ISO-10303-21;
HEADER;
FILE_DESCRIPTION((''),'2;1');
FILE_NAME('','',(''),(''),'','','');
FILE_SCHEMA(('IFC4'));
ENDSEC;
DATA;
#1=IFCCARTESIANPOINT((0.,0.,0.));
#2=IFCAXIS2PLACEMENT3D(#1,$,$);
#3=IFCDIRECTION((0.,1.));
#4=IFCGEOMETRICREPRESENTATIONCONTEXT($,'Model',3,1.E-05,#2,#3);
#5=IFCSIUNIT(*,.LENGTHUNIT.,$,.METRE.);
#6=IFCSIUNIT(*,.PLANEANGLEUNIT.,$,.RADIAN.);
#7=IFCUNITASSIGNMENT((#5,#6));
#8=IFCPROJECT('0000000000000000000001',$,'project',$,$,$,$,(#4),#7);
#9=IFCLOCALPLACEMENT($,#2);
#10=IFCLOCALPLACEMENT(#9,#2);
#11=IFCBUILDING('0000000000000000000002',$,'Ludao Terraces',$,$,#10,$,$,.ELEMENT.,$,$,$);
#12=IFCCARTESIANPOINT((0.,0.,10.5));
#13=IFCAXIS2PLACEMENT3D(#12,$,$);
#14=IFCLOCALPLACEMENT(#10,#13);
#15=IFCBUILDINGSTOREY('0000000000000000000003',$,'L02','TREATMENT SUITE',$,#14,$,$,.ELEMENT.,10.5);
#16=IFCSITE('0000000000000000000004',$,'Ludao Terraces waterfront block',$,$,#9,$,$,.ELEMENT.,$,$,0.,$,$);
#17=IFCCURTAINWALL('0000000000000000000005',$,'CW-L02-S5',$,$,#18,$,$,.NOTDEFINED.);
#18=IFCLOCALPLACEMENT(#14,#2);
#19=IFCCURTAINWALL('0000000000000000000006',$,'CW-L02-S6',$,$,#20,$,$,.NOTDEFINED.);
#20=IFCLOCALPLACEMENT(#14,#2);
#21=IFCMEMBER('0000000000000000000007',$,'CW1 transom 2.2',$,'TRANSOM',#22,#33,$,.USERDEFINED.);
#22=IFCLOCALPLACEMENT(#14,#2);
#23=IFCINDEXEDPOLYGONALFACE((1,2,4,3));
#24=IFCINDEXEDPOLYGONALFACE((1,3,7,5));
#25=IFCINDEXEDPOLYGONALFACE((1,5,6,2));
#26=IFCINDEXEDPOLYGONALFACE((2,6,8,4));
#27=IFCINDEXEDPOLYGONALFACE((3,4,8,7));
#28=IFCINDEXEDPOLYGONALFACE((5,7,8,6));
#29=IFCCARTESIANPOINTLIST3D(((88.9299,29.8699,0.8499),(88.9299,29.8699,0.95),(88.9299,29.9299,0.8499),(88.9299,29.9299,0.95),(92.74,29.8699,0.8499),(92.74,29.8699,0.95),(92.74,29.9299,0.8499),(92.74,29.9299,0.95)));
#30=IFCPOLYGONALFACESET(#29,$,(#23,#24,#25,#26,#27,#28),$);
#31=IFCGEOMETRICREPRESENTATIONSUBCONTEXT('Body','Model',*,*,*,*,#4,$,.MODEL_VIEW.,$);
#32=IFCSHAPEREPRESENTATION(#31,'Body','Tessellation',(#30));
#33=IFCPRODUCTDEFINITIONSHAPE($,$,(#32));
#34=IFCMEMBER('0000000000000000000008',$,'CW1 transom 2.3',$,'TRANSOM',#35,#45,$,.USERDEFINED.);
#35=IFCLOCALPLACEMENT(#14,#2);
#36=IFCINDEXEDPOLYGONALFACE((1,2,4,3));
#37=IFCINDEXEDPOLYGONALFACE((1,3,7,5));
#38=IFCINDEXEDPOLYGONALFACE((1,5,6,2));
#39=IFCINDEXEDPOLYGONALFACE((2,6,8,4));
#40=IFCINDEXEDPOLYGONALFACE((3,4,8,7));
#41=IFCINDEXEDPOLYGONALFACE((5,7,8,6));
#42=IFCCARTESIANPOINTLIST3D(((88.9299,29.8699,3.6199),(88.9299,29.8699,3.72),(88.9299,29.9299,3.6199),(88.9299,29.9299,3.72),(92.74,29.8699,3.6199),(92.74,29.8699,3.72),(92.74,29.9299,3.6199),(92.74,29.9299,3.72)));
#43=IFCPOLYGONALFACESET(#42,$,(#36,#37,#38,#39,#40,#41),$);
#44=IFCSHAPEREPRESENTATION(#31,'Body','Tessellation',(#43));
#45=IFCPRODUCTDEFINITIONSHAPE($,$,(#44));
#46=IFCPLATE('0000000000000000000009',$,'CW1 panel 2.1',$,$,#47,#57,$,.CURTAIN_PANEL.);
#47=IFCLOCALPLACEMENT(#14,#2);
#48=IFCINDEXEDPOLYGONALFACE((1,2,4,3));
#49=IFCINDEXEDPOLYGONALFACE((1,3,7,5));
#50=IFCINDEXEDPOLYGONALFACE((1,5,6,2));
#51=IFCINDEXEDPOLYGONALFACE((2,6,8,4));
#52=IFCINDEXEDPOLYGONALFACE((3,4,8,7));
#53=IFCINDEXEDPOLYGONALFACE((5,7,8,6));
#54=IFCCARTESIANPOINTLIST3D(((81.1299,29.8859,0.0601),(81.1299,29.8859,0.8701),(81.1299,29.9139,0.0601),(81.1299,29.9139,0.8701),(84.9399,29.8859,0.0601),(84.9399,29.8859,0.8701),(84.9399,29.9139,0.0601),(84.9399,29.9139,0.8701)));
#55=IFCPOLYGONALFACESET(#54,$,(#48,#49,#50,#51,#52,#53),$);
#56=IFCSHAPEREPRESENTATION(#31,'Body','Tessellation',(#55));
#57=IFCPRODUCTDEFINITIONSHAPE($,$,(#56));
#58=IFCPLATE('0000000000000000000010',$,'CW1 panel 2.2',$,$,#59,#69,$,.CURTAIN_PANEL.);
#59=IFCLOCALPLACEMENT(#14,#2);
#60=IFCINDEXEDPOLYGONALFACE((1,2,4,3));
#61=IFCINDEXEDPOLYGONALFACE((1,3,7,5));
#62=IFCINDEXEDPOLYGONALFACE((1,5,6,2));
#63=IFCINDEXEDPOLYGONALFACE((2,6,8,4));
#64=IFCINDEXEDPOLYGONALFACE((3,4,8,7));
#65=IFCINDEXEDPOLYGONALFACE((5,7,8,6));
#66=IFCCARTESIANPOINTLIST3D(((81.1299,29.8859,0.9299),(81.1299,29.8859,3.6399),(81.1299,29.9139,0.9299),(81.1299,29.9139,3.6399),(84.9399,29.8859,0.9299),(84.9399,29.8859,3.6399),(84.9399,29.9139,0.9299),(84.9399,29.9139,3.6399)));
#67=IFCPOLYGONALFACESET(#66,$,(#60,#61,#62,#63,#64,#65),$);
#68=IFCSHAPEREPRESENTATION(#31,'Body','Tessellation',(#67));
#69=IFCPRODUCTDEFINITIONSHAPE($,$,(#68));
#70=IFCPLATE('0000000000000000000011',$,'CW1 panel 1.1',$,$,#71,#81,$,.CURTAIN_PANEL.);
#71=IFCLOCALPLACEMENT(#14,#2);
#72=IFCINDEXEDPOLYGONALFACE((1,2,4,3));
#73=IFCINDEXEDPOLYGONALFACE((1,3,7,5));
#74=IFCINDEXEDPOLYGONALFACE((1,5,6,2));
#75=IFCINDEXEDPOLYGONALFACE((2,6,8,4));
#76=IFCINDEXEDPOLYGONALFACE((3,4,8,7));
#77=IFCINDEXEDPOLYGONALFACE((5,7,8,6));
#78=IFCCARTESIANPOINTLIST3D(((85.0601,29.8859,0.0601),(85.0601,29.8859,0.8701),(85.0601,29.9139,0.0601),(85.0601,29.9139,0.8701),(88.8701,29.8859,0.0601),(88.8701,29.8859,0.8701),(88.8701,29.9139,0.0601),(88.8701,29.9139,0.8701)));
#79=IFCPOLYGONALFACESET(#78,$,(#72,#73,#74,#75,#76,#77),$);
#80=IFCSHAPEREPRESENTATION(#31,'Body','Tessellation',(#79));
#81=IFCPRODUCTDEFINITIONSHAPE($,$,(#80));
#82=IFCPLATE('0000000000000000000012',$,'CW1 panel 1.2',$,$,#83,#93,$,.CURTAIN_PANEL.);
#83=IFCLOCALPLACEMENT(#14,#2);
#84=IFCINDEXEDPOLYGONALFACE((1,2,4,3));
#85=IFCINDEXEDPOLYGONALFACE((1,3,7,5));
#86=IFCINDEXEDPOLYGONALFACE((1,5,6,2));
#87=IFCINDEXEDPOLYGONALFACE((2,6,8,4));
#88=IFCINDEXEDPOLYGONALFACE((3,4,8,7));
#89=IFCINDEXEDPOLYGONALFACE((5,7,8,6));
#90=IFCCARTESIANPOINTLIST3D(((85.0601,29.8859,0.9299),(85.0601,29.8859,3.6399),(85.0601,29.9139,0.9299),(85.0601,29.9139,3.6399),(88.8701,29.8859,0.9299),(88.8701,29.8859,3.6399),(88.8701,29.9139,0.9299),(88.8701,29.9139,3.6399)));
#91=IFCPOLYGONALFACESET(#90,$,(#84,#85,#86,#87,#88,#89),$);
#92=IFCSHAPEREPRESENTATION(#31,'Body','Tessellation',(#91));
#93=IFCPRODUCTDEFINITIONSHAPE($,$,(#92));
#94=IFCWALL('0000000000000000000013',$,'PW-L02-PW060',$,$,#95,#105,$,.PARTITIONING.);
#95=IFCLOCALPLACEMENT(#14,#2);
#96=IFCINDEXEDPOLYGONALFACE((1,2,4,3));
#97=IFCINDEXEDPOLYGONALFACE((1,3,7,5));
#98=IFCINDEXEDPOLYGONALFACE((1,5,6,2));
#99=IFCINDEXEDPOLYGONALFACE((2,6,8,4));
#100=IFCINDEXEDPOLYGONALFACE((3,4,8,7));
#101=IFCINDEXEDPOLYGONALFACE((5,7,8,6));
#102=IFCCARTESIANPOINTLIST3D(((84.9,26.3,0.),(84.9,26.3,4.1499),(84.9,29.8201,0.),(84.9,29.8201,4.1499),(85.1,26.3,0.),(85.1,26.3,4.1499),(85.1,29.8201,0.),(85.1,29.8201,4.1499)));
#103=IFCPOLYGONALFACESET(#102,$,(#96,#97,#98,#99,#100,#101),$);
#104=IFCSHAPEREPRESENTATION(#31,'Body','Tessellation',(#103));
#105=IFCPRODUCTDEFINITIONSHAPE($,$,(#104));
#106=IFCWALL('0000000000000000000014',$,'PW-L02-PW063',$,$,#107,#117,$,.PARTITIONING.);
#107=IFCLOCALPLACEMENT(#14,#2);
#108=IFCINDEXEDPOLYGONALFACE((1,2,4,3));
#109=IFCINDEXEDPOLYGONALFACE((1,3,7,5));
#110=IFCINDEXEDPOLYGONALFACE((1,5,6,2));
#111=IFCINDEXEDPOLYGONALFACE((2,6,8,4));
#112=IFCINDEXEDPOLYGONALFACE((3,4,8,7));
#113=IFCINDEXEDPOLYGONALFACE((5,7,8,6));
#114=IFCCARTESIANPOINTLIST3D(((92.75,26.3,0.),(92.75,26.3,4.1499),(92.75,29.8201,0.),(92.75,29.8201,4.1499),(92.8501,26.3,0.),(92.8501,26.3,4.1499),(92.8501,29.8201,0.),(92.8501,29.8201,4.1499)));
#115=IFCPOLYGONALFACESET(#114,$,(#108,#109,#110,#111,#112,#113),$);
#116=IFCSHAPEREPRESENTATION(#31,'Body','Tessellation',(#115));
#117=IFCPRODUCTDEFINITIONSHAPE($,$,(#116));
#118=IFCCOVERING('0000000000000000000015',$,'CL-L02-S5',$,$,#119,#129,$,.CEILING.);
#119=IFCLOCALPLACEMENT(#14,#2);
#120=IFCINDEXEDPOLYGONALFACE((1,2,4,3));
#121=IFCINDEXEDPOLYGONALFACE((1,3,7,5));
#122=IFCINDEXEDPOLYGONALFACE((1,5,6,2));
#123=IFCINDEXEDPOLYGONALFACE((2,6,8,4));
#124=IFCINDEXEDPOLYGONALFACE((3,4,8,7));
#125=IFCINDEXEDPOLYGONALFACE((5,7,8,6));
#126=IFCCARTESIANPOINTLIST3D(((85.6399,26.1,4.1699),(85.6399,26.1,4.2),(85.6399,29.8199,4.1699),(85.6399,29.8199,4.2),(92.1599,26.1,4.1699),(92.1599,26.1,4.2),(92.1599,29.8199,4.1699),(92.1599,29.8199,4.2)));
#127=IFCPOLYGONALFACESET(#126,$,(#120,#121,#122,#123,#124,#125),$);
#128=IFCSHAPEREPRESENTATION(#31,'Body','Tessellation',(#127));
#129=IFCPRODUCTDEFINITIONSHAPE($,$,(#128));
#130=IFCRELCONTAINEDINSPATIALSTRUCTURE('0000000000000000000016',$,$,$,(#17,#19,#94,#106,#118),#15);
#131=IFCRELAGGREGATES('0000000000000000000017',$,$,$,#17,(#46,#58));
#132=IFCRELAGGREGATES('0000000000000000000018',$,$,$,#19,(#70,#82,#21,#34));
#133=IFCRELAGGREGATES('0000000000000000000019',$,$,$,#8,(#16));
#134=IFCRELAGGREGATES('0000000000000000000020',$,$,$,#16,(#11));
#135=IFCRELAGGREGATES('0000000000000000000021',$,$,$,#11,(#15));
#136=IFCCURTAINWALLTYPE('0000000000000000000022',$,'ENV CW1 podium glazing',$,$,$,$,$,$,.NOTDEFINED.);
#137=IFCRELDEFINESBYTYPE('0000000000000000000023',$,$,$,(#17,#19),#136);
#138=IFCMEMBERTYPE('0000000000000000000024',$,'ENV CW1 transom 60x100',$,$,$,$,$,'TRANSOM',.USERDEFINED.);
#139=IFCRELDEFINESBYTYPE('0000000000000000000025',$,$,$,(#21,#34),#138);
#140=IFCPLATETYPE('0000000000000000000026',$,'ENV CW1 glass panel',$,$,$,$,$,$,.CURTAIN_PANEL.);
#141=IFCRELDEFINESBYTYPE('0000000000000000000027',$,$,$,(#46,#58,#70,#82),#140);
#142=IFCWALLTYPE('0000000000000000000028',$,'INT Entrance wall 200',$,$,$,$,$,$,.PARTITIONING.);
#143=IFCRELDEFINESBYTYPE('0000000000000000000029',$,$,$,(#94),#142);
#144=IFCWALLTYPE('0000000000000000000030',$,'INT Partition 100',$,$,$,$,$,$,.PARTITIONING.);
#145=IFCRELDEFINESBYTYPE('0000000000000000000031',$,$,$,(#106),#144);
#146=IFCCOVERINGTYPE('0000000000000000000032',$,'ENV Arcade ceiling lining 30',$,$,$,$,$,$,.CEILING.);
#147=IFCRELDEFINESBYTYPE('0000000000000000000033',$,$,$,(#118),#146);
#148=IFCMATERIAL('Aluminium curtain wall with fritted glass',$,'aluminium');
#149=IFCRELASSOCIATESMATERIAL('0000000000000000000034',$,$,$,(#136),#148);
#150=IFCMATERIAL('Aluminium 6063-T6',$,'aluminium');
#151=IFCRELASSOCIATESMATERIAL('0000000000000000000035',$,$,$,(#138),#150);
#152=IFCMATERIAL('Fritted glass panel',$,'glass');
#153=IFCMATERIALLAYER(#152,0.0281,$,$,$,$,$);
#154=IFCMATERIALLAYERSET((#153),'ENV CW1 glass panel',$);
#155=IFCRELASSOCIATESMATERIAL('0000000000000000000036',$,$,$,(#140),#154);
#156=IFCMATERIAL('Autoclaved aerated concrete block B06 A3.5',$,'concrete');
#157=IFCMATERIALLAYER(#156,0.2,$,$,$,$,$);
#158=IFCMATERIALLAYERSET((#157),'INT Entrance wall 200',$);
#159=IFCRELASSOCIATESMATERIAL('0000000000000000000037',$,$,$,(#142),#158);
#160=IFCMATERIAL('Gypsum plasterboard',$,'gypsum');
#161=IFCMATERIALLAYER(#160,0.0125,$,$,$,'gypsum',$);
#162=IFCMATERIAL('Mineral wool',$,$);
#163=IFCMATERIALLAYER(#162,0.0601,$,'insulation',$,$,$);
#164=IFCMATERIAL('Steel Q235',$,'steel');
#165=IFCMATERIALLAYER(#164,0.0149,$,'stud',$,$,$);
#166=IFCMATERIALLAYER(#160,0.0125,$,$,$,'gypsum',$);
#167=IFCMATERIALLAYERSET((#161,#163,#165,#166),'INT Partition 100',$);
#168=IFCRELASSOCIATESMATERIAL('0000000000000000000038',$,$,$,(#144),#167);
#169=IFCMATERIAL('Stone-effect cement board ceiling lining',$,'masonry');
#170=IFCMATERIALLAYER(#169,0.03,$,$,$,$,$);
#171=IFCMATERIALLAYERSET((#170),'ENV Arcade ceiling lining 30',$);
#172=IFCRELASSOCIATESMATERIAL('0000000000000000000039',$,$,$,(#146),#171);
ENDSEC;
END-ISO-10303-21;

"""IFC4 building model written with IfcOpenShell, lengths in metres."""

from ifc_helpers import new_model, si_unit, direction, frame, frame_2d, origin, origin_2d, place, context, subcontext, project, spatial, rectangle, extrude, material, layer, layer_set, material_profile, profile_set, type_object, element, aggregate, save


model = new_model("IFC4")

# Units and contexts
model_context = context("Model", 3, precision=1e-05, world=origin(), true_north=direction((0.0, 1.0)))
body_context = subcontext(model_context, "Body", "Model", "MODEL_VIEW")
ifc_project = project(units=[si_unit("LENGTHUNIT", "METRE"), si_unit("PLANEANGLEUNIT", "RADIAN")], contexts=[model_context])

# Site, building, storey
site_placement = place(None, origin())
site = spatial("IfcSite", under=ifc_project, at=site_placement, Name="Ludao Terraces waterfront block", CompositionType="ELEMENT", RefElevation=0.0)
building_placement = place(site_placement, origin())
building = spatial("IfcBuilding", under=site, at=building_placement, Name="Ludao Terraces", CompositionType="ELEMENT")
storey_placement = place(building_placement, frame((0.0, 0.0, 10.5)))
storey = spatial("IfcBuildingStorey", under=building, at=storey_placement, Name="L02", Description="TREATMENT SUITE", CompositionType="ELEMENT", Elevation=10.5)

# Curtain wall
ifc_material_1 = material(Name="Aluminium curtain wall with fritted glass", Category="aluminium")
curtain_wall_type = type_object("IfcCurtainWallType", Name="ENV CW1 podium glazing", PredefinedType="NOTDEFINED", material=ifc_material_1)
curtain_wall_1_placement = place(storey_placement, origin())
curtain_wall_1 = element("IfcCurtainWall", 1, at=curtain_wall_1_placement, inside=storey, type_object=curtain_wall_type, Name="CW-L02-S5", PredefinedType="NOTDEFINED")
ifc_material_2 = material(Name="Aluminium 6063-T6", Category="aluminium")

# Curtain wall, members
curtain_wall_2_placement = place(storey_placement, origin())
curtain_wall_2 = element("IfcCurtainWall", 2, at=curtain_wall_2_placement, inside=storey, type_object=curtain_wall_type, Name="CW-L02-S6", PredefinedType="NOTDEFINED")
ifc_material_profile_1 = material_profile(ifc_material_2, rectangle(XDim=0.0601, YDim=0.1001, at=origin_2d()), Name="60 X 100")
ifc_profile_set_1 = profile_set([ifc_material_profile_1], Name="Aluminium 6063-T6")
member_type_1 = type_object("IfcMemberType", Name="ENV CW1 transom 60x100", ElementType="TRANSOM", PredefinedType="USERDEFINED", material=ifc_profile_set_1)
member_1_placement = place(storey_placement, frame((88.9299, 29.8999, 0.8999), z_axis=(1.0, 0.0, 0.0), x_axis=(0.0, 1.0, 0.0)))
member_1 = element("IfcMember", 3, at=member_1_placement, type_object=member_type_1, Name="CW1 transom 2.2", ObjectType="TRANSOM", PredefinedType="USERDEFINED", context=body_context, shape_type="SweptSolid", body=[
    extrude(rectangle(XDim=0.0601, YDim=0.1001, at=origin_2d()), origin(), (0.0, 0.0, 1.0), 3.8101),
])
member_2_placement = place(storey_placement, frame((88.9299, 29.8999, 3.6699), z_axis=(1.0, 0.0, 0.0), x_axis=(0.0, 1.0, 0.0)))
member_2 = element("IfcMember", 4, at=member_2_placement, type_object=member_type_1, Name="CW1 transom 2.3", ObjectType="TRANSOM", PredefinedType="USERDEFINED", context=body_context, shape_type="SweptSolid", body=[
    extrude(rectangle(XDim=0.0601, YDim=0.1001, at=origin_2d()), origin(), (0.0, 0.0, 1.0), 3.8101),
])

# Plates
ifc_material_3 = material(Name="Fritted glass panel", Category="glass")
ifc_layer_1 = layer(ifc_material_3, 0.0281)
ifc_layer_set_1 = layer_set([ifc_layer_1], Name="ENV CW1 glass panel")
plate_type = type_object("IfcPlateType", Name="ENV CW1 glass panel", PredefinedType="CURTAIN_PANEL", material=ifc_layer_set_1)
plate_1_placement = place(storey_placement, frame((83.0349, 29.8999, 0.0601), z_axis=(0.0, 0.0, 1.0), x_axis=(1.0, 0.0, 0.0)))
plate_1 = element("IfcPlate", 5, at=plate_1_placement, type_object=plate_type, Name="CW1 panel 2.1", PredefinedType="CURTAIN_PANEL", context=body_context, shape_type="SweptSolid", body=[
    extrude(rectangle(XDim=3.8101, YDim=0.0281, at=origin_2d()), origin(), (0.0, 0.0, 1.0), 0.8101),
])
plate_2_placement = place(storey_placement, frame((83.0349, 29.8999, 0.9299), z_axis=(0.0, 0.0, 1.0), x_axis=(1.0, 0.0, 0.0)))
plate_2 = element("IfcPlate", 6, at=plate_2_placement, type_object=plate_type, Name="CW1 panel 2.2", PredefinedType="CURTAIN_PANEL", context=body_context, shape_type="SweptSolid", body=[
    extrude(rectangle(XDim=3.8101, YDim=0.0281, at=origin_2d()), origin(), (0.0, 0.0, 1.0), 2.71),
])
aggregate(curtain_wall_1, [plate_1, plate_2])
plate_3_placement = place(storey_placement, frame((86.9651, 29.8999, 0.0601), z_axis=(0.0, 0.0, 1.0), x_axis=(1.0, 0.0, 0.0)))
plate_3 = element("IfcPlate", 7, at=plate_3_placement, type_object=plate_type, Name="CW1 panel 1.1", PredefinedType="CURTAIN_PANEL", context=body_context, shape_type="SweptSolid", body=[
    extrude(rectangle(XDim=3.8101, YDim=0.0281, at=origin_2d()), origin(), (0.0, 0.0, 1.0), 0.8101),
])
plate_4_placement = place(storey_placement, frame((86.9651, 29.8999, 0.9299), z_axis=(0.0, 0.0, 1.0), x_axis=(1.0, 0.0, 0.0)))
plate_4 = element("IfcPlate", 8, at=plate_4_placement, type_object=plate_type, Name="CW1 panel 1.2", PredefinedType="CURTAIN_PANEL", context=body_context, shape_type="SweptSolid", body=[
    extrude(rectangle(XDim=3.8101, YDim=0.0281, at=origin_2d()), origin(), (0.0, 0.0, 1.0), 2.71),
])
aggregate(curtain_wall_2, [plate_3, plate_4, member_1, member_2])

# Walls
ifc_material_4 = material(Name="Autoclaved aerated concrete block B06 A3.5", Category="concrete")
ifc_layer_2 = layer(ifc_material_4, 0.2)
ifc_layer_set_2 = layer_set([ifc_layer_2], Name="INT Entrance wall 200")
wall_type_1 = type_object("IfcWallType", Name="INT Entrance wall 200", PredefinedType="PARTITIONING", material=ifc_layer_set_2)
wall_1_placement = place(storey_placement, frame((85.0, 26.3, 0.0), z_axis=(0.0, 0.0, 1.0), x_axis=(0.0, 1.0, 0.0)))
element("IfcWall", 9, at=wall_1_placement, inside=storey, type_object=wall_type_1, Name="PW-L02-PW060", PredefinedType="PARTITIONING", context=body_context, shape_type="SweptSolid", body=[
    extrude(rectangle(XDim=3.52, YDim=0.2, at=frame_2d((1.76, 0.0))), origin(), (0.0, 0.0, 1.0), 4.1499),
])
ifc_material_5 = material(Name="Gypsum plasterboard", Category="gypsum")
ifc_layer_3 = layer(ifc_material_5, 0.0125, Category="gypsum")
ifc_material_6 = material(Name="Mineral wool")
ifc_layer_4 = layer(ifc_material_6, 0.0601, Name="insulation")
ifc_material_7 = material(Name="Steel Q235", Category="steel")
ifc_layer_5 = layer(ifc_material_7, 0.0149, Name="stud")
ifc_layer_6 = layer(ifc_material_5, 0.0125, Category="gypsum")
ifc_layer_set_3 = layer_set([ifc_layer_3, ifc_layer_4, ifc_layer_5, ifc_layer_6], Name="INT Partition 100")
wall_type_2 = type_object("IfcWallType", Name="INT Partition 100", PredefinedType="PARTITIONING", material=ifc_layer_set_3)
wall_2_placement = place(storey_placement, frame((92.8, 26.3, 0.0), z_axis=(0.0, 0.0, 1.0), x_axis=(0.0, 1.0, 0.0)))
element("IfcWall", 10, at=wall_2_placement, inside=storey, type_object=wall_type_2, Name="PW-L02-PW063", PredefinedType="PARTITIONING", context=body_context, shape_type="SweptSolid", body=[
    extrude(rectangle(XDim=3.52, YDim=0.1001, at=frame_2d((1.76, 0.0))), origin(), (0.0, 0.0, 1.0), 4.1499),
])

# Covering
ifc_material_8 = material(Name="Stone-effect cement board ceiling lining", Category="masonry")
ifc_layer_7 = layer(ifc_material_8, 0.03)
ifc_layer_set_4 = layer_set([ifc_layer_7], Name="ENV Arcade ceiling lining 30")
covering_type = type_object("IfcCoveringType", Name="ENV Arcade ceiling lining 30", PredefinedType="CEILING", material=ifc_layer_set_4)
covering_placement = place(storey_placement, frame((88.8999, 27.96, 4.1699), z_axis=(0.0, 0.0, 1.0), x_axis=(1.0, 0.0, 0.0)))
element("IfcCovering", 11, at=covering_placement, inside=storey, type_object=covering_type, Name="CL-L02-S5", PredefinedType="CEILING", context=body_context, shape_type="SweptSolid", body=[
    extrude(rectangle(XDim=6.52, YDim=3.72, at=origin_2d()), origin(), (0.0, 0.0, 1.0), 0.03),
])

save(model, "model.ifc")
